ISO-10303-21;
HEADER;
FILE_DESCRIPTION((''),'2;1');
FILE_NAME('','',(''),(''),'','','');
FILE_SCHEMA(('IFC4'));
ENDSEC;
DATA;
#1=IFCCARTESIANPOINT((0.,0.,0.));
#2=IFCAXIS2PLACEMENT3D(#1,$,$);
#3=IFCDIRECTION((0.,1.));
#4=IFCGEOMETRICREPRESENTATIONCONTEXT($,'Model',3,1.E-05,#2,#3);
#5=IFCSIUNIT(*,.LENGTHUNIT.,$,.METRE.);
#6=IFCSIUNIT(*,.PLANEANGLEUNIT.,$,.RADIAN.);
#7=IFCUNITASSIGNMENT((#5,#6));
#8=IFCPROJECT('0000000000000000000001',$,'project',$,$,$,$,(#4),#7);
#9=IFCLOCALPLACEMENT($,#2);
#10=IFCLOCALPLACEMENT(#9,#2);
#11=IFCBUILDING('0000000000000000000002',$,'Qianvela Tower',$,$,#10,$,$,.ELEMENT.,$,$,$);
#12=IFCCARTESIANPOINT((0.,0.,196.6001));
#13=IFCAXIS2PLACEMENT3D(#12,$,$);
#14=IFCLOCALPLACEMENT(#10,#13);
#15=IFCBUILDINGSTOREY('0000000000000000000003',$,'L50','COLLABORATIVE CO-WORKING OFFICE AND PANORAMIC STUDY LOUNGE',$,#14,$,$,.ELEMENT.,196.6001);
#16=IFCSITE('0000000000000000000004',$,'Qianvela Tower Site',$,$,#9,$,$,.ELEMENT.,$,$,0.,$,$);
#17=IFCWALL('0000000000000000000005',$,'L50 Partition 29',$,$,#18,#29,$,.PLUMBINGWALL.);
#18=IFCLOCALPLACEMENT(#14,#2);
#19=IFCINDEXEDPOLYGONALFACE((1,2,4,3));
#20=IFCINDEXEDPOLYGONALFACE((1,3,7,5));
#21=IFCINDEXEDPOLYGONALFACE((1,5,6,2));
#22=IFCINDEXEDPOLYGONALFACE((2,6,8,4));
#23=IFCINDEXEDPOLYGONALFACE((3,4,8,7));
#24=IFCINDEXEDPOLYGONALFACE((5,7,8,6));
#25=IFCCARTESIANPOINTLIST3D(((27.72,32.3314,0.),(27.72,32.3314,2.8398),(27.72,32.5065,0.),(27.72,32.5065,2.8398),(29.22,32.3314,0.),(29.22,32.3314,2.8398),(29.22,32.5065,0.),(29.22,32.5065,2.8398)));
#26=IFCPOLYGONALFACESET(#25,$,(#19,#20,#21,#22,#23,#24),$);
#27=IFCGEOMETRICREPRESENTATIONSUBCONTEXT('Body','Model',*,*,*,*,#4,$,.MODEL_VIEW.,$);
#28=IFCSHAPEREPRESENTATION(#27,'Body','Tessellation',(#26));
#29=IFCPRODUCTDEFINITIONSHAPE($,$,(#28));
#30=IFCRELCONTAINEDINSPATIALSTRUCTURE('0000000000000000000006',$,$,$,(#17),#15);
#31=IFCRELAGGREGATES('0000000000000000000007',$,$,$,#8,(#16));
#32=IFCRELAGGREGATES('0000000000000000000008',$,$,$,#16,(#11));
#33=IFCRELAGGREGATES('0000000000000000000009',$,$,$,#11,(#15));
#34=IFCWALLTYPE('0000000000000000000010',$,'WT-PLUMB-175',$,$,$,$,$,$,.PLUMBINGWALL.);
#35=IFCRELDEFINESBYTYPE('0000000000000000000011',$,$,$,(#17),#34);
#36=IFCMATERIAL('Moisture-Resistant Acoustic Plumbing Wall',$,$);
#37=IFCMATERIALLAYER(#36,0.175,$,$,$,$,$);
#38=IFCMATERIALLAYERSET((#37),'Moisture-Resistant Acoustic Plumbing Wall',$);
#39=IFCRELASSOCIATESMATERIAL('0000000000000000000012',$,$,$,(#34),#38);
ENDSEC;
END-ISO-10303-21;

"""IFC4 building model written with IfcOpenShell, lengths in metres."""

from ifc_helpers import new_model, si_unit, direction, frame, frame_2d, origin, place, context, subcontext, project, spatial, rectangle, extrude, material, layer, layer_set, type_object, element, save


model = new_model("IFC4")

# Units and contexts
model_context = context("Model", 3, precision=1e-05, world=origin(), true_north=direction((0.0, 1.0)))
body_context = subcontext(model_context, "Body", "Model", "MODEL_VIEW")
ifc_project = project(units=[si_unit("LENGTHUNIT", "METRE"), si_unit("PLANEANGLEUNIT", "RADIAN")], contexts=[model_context])

# Site, building, storey
site_placement = place(None, origin())
site = spatial("IfcSite", under=ifc_project, at=site_placement, Name="Qianvela Tower Site", CompositionType="ELEMENT", RefElevation=0.0)
building_placement = place(site_placement, origin())
building = spatial("IfcBuilding", under=site, at=building_placement, Name="Qianvela Tower", CompositionType="ELEMENT")
storey_placement = place(building_placement, frame((0.0, 0.0, 196.6001)))
storey = spatial("IfcBuildingStorey", under=building, at=storey_placement, Name="L50", Description="COLLABORATIVE CO-WORKING OFFICE AND PANORAMIC STUDY LOUNGE", CompositionType="ELEMENT", Elevation=196.6001)

# Shared definitions
ifc_material_1 = material(Name="Moisture-Resistant Acoustic Plumbing Wall")
ifc_layer_1 = layer(ifc_material_1, 0.175)
ifc_layer_set_1 = layer_set([ifc_layer_1], Name="Moisture-Resistant Acoustic Plumbing Wall")
wall_type_1 = type_object("IfcWallType", Name="WT-PLUMB-175", PredefinedType="PLUMBINGWALL", material=ifc_layer_set_1)

# Wall
wall_1_placement = place(storey_placement, frame((27.72, 32.4189, 0.0), z_axis=(0.0, 0.0, 1.0), x_axis=(1.0, 0.0, 0.0)))
element("IfcWall", 1, at=wall_1_placement, inside=storey, type_object=wall_type_1, Name="L50 Partition 29", PredefinedType="PLUMBINGWALL", context=body_context, shape_type="SweptSolid", body=[
    extrude(rectangle(XDim=1.5, YDim=0.175, at=frame_2d((0.75, 0.0))), origin(), (0.0, 0.0, 1.0), 2.8398),
])

save(model, "model.ifc")
